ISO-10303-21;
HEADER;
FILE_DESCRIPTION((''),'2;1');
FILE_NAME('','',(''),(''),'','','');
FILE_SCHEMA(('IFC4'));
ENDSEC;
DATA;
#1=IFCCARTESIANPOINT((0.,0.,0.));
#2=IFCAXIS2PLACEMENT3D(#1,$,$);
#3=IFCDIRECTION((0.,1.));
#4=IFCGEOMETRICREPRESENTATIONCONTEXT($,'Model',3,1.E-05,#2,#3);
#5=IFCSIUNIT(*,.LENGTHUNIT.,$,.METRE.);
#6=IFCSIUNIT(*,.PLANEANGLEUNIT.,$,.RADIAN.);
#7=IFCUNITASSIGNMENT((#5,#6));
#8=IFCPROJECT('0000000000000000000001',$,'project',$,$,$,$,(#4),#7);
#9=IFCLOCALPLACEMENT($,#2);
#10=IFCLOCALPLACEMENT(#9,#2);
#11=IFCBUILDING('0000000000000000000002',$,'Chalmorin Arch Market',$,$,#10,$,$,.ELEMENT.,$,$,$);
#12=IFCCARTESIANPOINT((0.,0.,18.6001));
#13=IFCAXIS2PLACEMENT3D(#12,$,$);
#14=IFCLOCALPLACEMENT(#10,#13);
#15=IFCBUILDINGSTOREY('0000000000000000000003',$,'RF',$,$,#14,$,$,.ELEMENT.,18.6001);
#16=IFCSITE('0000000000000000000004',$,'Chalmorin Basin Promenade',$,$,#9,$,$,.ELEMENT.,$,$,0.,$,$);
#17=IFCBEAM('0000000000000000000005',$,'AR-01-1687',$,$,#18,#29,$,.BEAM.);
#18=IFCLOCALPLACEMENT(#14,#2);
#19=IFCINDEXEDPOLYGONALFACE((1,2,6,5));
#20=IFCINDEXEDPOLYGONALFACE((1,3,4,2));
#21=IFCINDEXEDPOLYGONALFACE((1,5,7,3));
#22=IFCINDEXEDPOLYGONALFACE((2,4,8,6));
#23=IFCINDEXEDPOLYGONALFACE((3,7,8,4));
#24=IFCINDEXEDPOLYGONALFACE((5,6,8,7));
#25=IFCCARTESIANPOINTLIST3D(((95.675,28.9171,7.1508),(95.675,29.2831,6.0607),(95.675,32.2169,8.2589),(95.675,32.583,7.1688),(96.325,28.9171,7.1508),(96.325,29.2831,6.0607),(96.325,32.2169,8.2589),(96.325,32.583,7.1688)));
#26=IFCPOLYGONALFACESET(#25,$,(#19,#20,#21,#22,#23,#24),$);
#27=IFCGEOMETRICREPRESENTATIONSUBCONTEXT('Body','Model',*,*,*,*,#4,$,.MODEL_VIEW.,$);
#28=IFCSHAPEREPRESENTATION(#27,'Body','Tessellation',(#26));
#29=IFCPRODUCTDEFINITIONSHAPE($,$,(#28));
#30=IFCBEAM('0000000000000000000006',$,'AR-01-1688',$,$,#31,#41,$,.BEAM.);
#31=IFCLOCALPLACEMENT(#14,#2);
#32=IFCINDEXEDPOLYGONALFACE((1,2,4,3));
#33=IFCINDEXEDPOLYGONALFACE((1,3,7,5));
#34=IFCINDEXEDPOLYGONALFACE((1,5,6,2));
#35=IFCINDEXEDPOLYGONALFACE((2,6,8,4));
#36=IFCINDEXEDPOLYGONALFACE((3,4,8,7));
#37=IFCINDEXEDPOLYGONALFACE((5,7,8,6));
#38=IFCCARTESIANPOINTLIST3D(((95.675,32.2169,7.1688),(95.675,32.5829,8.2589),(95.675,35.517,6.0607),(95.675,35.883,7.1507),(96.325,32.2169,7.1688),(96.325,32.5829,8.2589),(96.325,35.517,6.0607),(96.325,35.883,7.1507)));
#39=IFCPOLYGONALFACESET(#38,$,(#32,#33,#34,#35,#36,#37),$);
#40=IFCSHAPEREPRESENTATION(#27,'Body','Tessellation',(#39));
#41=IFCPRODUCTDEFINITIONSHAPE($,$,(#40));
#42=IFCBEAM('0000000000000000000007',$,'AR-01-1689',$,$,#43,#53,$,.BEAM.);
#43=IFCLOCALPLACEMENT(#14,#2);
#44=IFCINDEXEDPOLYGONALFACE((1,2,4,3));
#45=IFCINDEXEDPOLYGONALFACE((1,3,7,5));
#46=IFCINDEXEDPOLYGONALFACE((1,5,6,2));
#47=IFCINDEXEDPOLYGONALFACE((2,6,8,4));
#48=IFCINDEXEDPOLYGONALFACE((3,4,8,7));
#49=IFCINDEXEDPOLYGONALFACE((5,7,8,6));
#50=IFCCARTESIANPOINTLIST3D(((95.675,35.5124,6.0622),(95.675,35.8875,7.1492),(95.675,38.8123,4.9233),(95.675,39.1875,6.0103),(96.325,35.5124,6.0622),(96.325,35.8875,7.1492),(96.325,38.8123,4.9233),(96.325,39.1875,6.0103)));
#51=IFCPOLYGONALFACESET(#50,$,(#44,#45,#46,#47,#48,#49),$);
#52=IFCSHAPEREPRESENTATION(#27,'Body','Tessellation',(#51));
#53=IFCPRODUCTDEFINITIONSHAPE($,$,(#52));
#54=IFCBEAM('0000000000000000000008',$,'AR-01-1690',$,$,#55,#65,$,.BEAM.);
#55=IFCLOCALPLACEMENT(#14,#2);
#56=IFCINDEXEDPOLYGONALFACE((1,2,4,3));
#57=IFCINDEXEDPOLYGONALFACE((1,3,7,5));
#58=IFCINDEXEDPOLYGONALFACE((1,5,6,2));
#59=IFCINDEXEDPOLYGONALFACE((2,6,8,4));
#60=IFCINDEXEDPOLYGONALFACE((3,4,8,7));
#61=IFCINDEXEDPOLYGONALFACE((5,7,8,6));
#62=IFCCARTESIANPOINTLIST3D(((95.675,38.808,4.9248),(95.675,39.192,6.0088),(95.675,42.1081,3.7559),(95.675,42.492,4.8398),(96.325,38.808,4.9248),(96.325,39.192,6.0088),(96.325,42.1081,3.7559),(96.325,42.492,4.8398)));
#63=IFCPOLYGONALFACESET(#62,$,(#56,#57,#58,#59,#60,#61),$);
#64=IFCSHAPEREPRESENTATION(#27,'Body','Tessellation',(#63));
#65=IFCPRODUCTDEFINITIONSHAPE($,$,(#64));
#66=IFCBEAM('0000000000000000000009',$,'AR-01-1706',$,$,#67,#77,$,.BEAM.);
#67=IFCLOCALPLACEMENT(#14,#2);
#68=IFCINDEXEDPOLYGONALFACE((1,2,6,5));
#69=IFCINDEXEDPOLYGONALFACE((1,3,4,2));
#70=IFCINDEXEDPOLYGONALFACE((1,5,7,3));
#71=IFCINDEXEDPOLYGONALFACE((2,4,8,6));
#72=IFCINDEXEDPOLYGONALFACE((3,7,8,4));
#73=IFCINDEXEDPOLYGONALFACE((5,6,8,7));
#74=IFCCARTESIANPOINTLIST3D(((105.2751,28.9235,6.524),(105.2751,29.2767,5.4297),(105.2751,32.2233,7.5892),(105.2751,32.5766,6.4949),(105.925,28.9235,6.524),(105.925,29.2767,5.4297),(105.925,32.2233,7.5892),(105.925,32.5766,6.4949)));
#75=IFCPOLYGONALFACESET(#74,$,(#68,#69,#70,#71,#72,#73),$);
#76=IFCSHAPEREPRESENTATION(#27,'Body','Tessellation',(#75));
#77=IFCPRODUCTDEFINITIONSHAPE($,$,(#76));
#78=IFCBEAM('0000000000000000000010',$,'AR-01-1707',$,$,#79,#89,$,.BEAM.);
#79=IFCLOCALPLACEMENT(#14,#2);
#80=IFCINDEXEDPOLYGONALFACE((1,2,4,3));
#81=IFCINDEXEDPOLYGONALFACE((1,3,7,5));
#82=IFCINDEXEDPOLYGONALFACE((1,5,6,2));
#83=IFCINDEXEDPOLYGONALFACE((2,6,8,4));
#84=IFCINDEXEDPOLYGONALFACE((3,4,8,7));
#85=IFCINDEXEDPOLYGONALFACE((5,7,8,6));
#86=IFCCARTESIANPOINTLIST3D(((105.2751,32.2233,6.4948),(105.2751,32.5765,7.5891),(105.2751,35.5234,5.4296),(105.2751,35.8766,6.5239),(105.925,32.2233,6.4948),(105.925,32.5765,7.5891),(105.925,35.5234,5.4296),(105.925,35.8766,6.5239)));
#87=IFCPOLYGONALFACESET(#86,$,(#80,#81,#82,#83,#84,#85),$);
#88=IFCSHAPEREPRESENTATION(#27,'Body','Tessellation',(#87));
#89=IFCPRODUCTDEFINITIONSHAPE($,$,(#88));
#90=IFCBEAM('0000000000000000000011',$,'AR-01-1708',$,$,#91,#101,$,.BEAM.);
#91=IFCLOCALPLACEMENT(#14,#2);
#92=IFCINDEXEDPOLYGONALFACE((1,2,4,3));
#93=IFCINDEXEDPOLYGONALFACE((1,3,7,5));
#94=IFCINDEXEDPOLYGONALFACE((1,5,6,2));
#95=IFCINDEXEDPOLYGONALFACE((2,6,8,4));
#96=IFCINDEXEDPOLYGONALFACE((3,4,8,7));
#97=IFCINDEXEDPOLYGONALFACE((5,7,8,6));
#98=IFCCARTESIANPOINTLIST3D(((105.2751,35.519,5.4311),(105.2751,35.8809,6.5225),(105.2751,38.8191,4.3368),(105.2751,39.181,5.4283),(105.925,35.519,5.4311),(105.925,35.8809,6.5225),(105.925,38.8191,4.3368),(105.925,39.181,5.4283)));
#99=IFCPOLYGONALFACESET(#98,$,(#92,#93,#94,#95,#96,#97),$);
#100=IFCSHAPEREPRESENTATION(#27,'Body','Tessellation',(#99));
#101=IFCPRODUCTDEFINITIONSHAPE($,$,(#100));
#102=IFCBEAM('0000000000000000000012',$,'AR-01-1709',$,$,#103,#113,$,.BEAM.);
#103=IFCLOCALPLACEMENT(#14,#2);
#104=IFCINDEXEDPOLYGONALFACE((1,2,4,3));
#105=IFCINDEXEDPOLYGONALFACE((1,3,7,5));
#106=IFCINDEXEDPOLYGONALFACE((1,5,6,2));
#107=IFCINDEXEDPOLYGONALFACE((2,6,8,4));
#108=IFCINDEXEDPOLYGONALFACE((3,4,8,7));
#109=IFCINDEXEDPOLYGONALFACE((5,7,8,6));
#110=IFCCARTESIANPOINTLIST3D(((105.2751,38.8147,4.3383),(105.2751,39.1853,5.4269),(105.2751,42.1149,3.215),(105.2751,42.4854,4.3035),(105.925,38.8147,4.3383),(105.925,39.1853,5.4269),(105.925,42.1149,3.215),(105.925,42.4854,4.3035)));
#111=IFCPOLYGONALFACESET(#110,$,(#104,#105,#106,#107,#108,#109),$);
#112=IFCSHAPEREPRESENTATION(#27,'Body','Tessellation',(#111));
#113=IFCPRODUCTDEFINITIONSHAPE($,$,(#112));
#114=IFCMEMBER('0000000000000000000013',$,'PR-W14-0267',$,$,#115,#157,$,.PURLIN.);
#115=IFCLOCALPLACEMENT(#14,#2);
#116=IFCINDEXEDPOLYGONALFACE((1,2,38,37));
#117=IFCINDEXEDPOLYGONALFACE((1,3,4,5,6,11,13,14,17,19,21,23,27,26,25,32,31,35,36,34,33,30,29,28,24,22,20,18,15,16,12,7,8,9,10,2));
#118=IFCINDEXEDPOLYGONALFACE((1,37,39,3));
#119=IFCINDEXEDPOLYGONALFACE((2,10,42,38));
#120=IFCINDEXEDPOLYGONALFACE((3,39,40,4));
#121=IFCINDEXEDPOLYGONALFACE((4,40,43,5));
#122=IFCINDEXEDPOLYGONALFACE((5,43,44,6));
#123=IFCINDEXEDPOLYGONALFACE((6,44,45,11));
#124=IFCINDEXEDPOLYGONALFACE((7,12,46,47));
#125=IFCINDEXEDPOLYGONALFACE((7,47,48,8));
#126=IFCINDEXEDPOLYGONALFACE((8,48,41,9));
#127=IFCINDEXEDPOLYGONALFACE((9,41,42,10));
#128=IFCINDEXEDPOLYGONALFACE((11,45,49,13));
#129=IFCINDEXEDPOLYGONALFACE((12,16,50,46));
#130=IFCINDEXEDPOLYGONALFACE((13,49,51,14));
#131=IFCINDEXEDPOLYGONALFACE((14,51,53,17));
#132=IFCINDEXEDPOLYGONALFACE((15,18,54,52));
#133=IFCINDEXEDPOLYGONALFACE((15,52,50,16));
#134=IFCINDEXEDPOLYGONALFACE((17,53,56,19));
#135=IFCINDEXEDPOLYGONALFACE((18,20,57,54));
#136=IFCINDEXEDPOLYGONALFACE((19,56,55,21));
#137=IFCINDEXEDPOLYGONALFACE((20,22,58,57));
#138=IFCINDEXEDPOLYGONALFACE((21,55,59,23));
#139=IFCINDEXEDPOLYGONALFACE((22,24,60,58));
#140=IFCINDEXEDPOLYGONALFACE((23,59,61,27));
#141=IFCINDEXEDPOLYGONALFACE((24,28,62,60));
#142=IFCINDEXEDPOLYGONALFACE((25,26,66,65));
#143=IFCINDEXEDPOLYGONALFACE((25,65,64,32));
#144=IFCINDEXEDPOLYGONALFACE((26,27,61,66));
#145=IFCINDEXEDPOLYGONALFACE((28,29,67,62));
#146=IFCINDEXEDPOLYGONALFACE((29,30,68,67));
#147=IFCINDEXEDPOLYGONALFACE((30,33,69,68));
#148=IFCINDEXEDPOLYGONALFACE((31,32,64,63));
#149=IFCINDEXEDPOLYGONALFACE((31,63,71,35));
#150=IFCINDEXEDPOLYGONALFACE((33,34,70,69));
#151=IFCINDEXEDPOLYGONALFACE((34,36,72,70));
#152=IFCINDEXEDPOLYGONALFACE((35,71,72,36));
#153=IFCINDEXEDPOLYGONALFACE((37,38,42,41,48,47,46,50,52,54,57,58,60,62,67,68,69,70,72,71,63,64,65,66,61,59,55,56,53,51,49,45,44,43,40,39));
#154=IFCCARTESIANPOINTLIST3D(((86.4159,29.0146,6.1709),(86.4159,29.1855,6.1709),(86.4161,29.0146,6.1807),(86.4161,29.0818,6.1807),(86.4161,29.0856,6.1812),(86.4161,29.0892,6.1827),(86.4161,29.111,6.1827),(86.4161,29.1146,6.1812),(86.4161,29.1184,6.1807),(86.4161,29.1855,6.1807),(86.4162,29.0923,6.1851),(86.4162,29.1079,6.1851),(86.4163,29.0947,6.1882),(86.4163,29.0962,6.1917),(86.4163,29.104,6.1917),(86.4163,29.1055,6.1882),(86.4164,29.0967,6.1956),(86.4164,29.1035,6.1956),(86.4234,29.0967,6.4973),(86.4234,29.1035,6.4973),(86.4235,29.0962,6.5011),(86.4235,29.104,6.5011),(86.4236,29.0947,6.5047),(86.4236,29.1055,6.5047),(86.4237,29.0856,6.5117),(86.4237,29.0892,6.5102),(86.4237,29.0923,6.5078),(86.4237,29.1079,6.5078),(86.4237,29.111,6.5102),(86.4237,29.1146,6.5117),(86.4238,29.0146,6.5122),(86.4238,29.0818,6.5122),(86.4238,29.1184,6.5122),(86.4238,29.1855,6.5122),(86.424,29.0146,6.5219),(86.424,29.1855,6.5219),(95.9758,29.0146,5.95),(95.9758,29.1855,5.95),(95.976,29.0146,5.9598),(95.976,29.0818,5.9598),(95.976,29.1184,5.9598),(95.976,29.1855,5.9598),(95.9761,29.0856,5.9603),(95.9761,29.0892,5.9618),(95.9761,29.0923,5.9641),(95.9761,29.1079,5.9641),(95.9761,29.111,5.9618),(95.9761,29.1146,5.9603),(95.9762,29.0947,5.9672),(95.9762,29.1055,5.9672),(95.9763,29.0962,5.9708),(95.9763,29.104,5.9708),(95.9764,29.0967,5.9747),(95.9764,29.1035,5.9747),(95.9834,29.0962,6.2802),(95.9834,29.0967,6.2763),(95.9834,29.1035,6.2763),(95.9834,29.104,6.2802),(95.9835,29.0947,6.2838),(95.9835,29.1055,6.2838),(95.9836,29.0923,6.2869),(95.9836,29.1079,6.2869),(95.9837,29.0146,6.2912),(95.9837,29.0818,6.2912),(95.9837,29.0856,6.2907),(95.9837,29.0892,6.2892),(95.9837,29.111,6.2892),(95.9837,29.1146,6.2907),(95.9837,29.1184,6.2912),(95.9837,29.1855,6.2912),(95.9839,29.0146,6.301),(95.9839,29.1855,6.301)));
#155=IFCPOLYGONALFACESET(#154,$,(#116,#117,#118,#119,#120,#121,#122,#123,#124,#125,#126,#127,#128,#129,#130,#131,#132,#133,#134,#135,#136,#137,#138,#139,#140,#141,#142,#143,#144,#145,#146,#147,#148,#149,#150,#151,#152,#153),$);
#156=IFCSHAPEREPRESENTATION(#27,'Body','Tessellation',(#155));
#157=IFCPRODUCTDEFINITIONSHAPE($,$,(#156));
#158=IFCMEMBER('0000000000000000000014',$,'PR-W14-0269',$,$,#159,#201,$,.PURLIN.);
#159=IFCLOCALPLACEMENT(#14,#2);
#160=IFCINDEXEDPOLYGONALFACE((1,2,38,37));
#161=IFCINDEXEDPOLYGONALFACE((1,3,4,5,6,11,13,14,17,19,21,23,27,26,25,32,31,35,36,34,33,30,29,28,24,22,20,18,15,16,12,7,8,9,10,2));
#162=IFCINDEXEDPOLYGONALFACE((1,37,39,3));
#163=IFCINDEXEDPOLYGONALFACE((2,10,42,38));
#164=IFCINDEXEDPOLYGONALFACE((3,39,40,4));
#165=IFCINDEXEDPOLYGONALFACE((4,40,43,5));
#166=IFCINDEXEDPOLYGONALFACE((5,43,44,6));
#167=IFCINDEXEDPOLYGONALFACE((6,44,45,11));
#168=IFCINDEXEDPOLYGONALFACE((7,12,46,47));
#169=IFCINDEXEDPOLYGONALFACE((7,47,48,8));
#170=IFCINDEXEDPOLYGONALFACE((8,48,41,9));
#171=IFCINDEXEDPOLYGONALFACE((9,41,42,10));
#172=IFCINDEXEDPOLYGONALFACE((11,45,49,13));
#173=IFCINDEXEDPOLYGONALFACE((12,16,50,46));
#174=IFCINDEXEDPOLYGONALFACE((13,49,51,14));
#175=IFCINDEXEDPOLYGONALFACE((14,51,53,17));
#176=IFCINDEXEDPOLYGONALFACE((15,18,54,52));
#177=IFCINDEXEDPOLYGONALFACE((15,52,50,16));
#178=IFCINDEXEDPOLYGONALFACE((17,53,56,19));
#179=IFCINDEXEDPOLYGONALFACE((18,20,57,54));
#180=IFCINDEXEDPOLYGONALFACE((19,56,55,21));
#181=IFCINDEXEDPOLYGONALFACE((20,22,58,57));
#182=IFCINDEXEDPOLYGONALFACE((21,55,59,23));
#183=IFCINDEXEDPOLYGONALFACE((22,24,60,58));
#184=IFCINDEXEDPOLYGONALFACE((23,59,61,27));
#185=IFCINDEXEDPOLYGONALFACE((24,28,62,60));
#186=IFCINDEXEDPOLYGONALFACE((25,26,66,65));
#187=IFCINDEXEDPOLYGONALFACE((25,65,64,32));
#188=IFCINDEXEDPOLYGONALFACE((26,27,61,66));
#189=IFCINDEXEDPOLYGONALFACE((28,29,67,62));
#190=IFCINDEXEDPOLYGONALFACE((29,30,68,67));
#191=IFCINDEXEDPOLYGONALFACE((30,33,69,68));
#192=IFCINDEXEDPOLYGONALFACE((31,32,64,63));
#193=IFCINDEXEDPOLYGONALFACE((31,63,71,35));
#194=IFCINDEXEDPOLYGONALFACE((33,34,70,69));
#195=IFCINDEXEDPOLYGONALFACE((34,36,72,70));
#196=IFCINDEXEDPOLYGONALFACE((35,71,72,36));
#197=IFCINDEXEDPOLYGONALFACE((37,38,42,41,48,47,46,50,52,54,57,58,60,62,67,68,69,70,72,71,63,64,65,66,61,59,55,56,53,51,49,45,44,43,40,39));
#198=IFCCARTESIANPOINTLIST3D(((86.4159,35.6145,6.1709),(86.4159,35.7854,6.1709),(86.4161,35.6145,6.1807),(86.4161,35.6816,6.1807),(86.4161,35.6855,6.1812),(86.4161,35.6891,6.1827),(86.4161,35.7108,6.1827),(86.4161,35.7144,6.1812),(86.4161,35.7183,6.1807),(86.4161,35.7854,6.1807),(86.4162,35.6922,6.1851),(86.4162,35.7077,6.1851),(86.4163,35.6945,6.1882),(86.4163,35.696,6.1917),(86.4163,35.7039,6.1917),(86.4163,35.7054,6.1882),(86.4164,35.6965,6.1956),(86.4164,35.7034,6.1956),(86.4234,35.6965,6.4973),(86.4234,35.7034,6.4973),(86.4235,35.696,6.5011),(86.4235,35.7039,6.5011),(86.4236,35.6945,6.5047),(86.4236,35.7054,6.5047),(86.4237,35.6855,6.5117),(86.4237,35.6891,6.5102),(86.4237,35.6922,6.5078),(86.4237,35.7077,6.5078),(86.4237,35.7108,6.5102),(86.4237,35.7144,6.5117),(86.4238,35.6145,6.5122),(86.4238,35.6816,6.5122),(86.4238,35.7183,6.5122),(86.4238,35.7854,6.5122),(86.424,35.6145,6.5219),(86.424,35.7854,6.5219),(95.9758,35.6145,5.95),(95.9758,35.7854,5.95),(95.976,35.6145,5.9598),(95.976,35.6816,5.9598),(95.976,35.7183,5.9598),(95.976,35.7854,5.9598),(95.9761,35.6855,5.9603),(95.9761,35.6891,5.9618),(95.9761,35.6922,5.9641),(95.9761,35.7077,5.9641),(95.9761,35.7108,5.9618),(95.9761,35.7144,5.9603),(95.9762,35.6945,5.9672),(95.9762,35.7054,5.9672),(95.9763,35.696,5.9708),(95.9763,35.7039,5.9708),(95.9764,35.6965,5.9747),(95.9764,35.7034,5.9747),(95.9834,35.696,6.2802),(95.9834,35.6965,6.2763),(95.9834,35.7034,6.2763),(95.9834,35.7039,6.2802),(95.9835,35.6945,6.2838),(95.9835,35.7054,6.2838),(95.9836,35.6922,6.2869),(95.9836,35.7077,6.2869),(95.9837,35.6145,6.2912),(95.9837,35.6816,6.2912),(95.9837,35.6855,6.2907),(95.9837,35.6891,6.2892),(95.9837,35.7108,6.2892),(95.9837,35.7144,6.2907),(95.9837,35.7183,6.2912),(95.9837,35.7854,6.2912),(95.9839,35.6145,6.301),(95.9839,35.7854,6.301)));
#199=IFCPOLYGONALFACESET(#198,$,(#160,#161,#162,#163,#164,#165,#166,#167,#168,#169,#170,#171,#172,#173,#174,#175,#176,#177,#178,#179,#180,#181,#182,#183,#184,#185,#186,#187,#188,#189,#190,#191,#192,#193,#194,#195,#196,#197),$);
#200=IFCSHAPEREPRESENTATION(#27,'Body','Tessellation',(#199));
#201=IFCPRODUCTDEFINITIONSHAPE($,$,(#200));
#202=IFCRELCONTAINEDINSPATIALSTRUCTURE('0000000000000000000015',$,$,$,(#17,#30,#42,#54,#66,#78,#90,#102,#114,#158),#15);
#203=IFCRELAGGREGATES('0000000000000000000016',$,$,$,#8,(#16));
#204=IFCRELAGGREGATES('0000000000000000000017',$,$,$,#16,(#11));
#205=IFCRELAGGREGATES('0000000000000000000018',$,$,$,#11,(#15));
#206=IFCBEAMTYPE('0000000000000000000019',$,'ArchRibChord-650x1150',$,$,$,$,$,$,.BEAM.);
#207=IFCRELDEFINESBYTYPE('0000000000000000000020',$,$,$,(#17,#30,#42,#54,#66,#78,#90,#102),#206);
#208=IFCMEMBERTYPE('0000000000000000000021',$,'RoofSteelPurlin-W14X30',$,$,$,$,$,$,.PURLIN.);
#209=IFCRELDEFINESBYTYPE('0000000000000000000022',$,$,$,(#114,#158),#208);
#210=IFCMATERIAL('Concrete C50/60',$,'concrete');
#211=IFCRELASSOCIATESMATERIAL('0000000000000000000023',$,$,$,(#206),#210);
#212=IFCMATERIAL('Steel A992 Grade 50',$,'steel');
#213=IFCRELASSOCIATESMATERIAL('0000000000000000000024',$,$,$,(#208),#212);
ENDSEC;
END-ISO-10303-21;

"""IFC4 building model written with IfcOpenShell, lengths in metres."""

from ifc_helpers import new_model, si_unit, direction, frame, origin, origin_2d, place, context, subcontext, project, spatial, rectangle, i_section, extrude, material, material_profile, profile_set, type_object, element, save


model = new_model("IFC4")

# Units and contexts
model_context = context("Model", 3, precision=1e-05, world=origin(), true_north=direction((0.0, 1.0)))
body_context = subcontext(model_context, "Body", "Model", "MODEL_VIEW")
ifc_project = project(units=[si_unit("LENGTHUNIT", "METRE"), si_unit("PLANEANGLEUNIT", "RADIAN")], contexts=[model_context])

# Site, building, storey
site_placement = place(None, origin())
site = spatial("IfcSite", under=ifc_project, at=site_placement, Name="Chalmorin Basin Promenade", CompositionType="ELEMENT", RefElevation=0.0)
building_placement = place(site_placement, origin())
building = spatial("IfcBuilding", under=site, at=building_placement, Name="Chalmorin Arch Market", CompositionType="ELEMENT")
storey_placement = place(building_placement, frame((0.0, 0.0, 18.6001)))
storey = spatial("IfcBuildingStorey", under=building, at=storey_placement, Name="RF", CompositionType="ELEMENT", Elevation=18.6001)

# Beams
ifc_material_1 = material(Name="Concrete C50/60", Category="concrete")
ifc_material_profile_1 = material_profile(ifc_material_1, rectangle(XDim=0.6499, YDim=1.1499, at=origin_2d()), Name="RC650X1150")
ifc_profile_set_1 = profile_set([ifc_material_profile_1], Name="Concrete C50/60")
beam_type = type_object("IfcBeamType", Name="ArchRibChord-650x1150", PredefinedType="BEAM", material=ifc_profile_set_1)
beam_1_placement = place(storey_placement, frame((96.0, 29.1001, 6.6057), z_axis=(0.0, 0.947973, 0.318352), x_axis=(-1.0, 0.0, 0.0)))
element("IfcBeam", 1, at=beam_1_placement, inside=storey, type_object=beam_type, Name="AR-01-1687", PredefinedType="BEAM", context=body_context, shape_type="SweptSolid", body=[
    extrude(rectangle(XDim=0.6499, YDim=1.1499, at=origin_2d()), origin(), (0.0, 0.0, 1.0), 3.481),
])
beam_2_placement = place(storey_placement, frame((96.0, 32.3999, 7.7139), z_axis=(0.0, 0.94798, -0.318331), x_axis=(-1.0, 0.0, 0.0)))
element("IfcBeam", 2, at=beam_2_placement, inside=storey, type_object=beam_type, Name="AR-01-1688", PredefinedType="BEAM", context=body_context, shape_type="SweptSolid", body=[
    extrude(rectangle(XDim=0.6499, YDim=1.1499, at=origin_2d()), origin(), (0.0, 0.0, 1.0), 3.4812),
])
beam_3_placement = place(storey_placement, frame((96.0, 35.7, 6.6057), z_axis=(0.0, 0.945287, -0.326239), x_axis=(-1.0, 0.0, 0.0)))
element("IfcBeam", 3, at=beam_3_placement, inside=storey, type_object=beam_type, Name="AR-01-1689", PredefinedType="BEAM", context=body_context, shape_type="SweptSolid", body=[
    extrude(rectangle(XDim=0.6499, YDim=1.1499, at=origin_2d()), origin(), (0.0, 0.0, 1.0), 3.491),
])
beam_4_placement = place(storey_placement, frame((96.0, 39.0, 5.4668), z_axis=(0.0, 0.942611, -0.333892), x_axis=(-1.0, 0.0, 0.0)))
element("IfcBeam", 4, at=beam_4_placement, inside=storey, type_object=beam_type, Name="AR-01-1690", PredefinedType="BEAM", context=body_context, shape_type="SweptSolid", body=[
    extrude(rectangle(XDim=0.6499, YDim=1.1499, at=origin_2d()), origin(), (0.0, 0.0, 1.0), 3.501),
])
beam_5_placement = place(storey_placement, frame((105.6001, 29.1001, 5.9768), z_axis=(0.0, 0.951647, 0.307194), x_axis=(-1.0, 0.0, 0.0)))
element("IfcBeam", 5, at=beam_5_placement, inside=storey, type_object=beam_type, Name="AR-01-1706", PredefinedType="BEAM", context=body_context, shape_type="SweptSolid", body=[
    extrude(rectangle(XDim=0.6499, YDim=1.1499, at=origin_2d()), origin(), (0.0, 0.0, 1.0), 3.4675),
])
beam_6_placement = place(storey_placement, frame((105.6001, 32.3999, 7.042), z_axis=(0.0, 0.951654, -0.307174), x_axis=(-1.0, 0.0, 0.0)))
element("IfcBeam", 6, at=beam_6_placement, inside=storey, type_object=beam_type, Name="AR-01-1707", PredefinedType="BEAM", context=body_context, shape_type="SweptSolid", body=[
    extrude(rectangle(XDim=0.6499, YDim=1.1499, at=origin_2d()), origin(), (0.0, 0.0, 1.0), 3.4678),
])
beam_7_placement = place(storey_placement, frame((105.6001, 35.7, 5.9768), z_axis=(0.0, 0.949181, -0.314732), x_axis=(-1.0, 0.0, 0.0)))
element("IfcBeam", 7, at=beam_7_placement, inside=storey, type_object=beam_type, Name="AR-01-1708", PredefinedType="BEAM", context=body_context, shape_type="SweptSolid", body=[
    extrude(rectangle(XDim=0.6499, YDim=1.1499, at=origin_2d()), origin(), (0.0, 0.0, 1.0), 3.4768),
])
beam_8_placement = place(storey_placement, frame((105.6001, 39.0, 4.8826), z_axis=(0.0, 0.946661, -0.32223), x_axis=(-1.0, 0.0, 0.0)))
element("IfcBeam", 8, at=beam_8_placement, inside=storey, type_object=beam_type, Name="AR-01-1709", PredefinedType="BEAM", context=body_context, shape_type="SweptSolid", body=[
    extrude(rectangle(XDim=0.6499, YDim=1.1499, at=origin_2d()), origin(), (0.0, 0.0, 1.0), 3.4861),
])

# Members
ifc_material_2 = material(Name="Steel A992 Grade 50", Category="steel")
ifc_material_profile_2 = material_profile(ifc_material_2, i_section(OverallWidth=0.1709, OverallDepth=0.3511, WebThickness=0.0068, FlangeThickness=0.0098, FilletRadius=0.0149, at=origin_2d()), Name="W14X30")
ifc_profile_set_2 = profile_set([ifc_material_profile_2], Name="Steel A992 Grade 50")
member_type_1 = type_object("IfcMemberType", Name="RoofSteelPurlin-W14X30", PredefinedType="PURLIN", material=ifc_profile_set_2)
for number, where, z_axis, x_axis, name in (
    (9, (86.4199, 29.1001, 6.3464), (0.999733, 0.0, -0.023105), (0.0, 1.0, 0.0), "PR-W14-0267"),
    (10, (86.4199, 35.7, 6.3464), (0.999733, 0.0, -0.023105), (0.0, 1.0, 0.0), "PR-W14-0269"),
):
    element("IfcMember", number, at=place(storey_placement, frame(where, z_axis=z_axis, x_axis=x_axis)), inside=storey, type_object=member_type_1, Name=name, PredefinedType="PURLIN", context=body_context, shape_type="SweptSolid", body=[
        extrude(i_section(OverallWidth=0.1709, OverallDepth=0.3511, WebThickness=0.0068, FlangeThickness=0.0098, FilletRadius=0.0149, at=origin_2d()), origin(), (0.0, 0.0, 1.0), 9.5625),
    ])

save(model, "model.ifc")
